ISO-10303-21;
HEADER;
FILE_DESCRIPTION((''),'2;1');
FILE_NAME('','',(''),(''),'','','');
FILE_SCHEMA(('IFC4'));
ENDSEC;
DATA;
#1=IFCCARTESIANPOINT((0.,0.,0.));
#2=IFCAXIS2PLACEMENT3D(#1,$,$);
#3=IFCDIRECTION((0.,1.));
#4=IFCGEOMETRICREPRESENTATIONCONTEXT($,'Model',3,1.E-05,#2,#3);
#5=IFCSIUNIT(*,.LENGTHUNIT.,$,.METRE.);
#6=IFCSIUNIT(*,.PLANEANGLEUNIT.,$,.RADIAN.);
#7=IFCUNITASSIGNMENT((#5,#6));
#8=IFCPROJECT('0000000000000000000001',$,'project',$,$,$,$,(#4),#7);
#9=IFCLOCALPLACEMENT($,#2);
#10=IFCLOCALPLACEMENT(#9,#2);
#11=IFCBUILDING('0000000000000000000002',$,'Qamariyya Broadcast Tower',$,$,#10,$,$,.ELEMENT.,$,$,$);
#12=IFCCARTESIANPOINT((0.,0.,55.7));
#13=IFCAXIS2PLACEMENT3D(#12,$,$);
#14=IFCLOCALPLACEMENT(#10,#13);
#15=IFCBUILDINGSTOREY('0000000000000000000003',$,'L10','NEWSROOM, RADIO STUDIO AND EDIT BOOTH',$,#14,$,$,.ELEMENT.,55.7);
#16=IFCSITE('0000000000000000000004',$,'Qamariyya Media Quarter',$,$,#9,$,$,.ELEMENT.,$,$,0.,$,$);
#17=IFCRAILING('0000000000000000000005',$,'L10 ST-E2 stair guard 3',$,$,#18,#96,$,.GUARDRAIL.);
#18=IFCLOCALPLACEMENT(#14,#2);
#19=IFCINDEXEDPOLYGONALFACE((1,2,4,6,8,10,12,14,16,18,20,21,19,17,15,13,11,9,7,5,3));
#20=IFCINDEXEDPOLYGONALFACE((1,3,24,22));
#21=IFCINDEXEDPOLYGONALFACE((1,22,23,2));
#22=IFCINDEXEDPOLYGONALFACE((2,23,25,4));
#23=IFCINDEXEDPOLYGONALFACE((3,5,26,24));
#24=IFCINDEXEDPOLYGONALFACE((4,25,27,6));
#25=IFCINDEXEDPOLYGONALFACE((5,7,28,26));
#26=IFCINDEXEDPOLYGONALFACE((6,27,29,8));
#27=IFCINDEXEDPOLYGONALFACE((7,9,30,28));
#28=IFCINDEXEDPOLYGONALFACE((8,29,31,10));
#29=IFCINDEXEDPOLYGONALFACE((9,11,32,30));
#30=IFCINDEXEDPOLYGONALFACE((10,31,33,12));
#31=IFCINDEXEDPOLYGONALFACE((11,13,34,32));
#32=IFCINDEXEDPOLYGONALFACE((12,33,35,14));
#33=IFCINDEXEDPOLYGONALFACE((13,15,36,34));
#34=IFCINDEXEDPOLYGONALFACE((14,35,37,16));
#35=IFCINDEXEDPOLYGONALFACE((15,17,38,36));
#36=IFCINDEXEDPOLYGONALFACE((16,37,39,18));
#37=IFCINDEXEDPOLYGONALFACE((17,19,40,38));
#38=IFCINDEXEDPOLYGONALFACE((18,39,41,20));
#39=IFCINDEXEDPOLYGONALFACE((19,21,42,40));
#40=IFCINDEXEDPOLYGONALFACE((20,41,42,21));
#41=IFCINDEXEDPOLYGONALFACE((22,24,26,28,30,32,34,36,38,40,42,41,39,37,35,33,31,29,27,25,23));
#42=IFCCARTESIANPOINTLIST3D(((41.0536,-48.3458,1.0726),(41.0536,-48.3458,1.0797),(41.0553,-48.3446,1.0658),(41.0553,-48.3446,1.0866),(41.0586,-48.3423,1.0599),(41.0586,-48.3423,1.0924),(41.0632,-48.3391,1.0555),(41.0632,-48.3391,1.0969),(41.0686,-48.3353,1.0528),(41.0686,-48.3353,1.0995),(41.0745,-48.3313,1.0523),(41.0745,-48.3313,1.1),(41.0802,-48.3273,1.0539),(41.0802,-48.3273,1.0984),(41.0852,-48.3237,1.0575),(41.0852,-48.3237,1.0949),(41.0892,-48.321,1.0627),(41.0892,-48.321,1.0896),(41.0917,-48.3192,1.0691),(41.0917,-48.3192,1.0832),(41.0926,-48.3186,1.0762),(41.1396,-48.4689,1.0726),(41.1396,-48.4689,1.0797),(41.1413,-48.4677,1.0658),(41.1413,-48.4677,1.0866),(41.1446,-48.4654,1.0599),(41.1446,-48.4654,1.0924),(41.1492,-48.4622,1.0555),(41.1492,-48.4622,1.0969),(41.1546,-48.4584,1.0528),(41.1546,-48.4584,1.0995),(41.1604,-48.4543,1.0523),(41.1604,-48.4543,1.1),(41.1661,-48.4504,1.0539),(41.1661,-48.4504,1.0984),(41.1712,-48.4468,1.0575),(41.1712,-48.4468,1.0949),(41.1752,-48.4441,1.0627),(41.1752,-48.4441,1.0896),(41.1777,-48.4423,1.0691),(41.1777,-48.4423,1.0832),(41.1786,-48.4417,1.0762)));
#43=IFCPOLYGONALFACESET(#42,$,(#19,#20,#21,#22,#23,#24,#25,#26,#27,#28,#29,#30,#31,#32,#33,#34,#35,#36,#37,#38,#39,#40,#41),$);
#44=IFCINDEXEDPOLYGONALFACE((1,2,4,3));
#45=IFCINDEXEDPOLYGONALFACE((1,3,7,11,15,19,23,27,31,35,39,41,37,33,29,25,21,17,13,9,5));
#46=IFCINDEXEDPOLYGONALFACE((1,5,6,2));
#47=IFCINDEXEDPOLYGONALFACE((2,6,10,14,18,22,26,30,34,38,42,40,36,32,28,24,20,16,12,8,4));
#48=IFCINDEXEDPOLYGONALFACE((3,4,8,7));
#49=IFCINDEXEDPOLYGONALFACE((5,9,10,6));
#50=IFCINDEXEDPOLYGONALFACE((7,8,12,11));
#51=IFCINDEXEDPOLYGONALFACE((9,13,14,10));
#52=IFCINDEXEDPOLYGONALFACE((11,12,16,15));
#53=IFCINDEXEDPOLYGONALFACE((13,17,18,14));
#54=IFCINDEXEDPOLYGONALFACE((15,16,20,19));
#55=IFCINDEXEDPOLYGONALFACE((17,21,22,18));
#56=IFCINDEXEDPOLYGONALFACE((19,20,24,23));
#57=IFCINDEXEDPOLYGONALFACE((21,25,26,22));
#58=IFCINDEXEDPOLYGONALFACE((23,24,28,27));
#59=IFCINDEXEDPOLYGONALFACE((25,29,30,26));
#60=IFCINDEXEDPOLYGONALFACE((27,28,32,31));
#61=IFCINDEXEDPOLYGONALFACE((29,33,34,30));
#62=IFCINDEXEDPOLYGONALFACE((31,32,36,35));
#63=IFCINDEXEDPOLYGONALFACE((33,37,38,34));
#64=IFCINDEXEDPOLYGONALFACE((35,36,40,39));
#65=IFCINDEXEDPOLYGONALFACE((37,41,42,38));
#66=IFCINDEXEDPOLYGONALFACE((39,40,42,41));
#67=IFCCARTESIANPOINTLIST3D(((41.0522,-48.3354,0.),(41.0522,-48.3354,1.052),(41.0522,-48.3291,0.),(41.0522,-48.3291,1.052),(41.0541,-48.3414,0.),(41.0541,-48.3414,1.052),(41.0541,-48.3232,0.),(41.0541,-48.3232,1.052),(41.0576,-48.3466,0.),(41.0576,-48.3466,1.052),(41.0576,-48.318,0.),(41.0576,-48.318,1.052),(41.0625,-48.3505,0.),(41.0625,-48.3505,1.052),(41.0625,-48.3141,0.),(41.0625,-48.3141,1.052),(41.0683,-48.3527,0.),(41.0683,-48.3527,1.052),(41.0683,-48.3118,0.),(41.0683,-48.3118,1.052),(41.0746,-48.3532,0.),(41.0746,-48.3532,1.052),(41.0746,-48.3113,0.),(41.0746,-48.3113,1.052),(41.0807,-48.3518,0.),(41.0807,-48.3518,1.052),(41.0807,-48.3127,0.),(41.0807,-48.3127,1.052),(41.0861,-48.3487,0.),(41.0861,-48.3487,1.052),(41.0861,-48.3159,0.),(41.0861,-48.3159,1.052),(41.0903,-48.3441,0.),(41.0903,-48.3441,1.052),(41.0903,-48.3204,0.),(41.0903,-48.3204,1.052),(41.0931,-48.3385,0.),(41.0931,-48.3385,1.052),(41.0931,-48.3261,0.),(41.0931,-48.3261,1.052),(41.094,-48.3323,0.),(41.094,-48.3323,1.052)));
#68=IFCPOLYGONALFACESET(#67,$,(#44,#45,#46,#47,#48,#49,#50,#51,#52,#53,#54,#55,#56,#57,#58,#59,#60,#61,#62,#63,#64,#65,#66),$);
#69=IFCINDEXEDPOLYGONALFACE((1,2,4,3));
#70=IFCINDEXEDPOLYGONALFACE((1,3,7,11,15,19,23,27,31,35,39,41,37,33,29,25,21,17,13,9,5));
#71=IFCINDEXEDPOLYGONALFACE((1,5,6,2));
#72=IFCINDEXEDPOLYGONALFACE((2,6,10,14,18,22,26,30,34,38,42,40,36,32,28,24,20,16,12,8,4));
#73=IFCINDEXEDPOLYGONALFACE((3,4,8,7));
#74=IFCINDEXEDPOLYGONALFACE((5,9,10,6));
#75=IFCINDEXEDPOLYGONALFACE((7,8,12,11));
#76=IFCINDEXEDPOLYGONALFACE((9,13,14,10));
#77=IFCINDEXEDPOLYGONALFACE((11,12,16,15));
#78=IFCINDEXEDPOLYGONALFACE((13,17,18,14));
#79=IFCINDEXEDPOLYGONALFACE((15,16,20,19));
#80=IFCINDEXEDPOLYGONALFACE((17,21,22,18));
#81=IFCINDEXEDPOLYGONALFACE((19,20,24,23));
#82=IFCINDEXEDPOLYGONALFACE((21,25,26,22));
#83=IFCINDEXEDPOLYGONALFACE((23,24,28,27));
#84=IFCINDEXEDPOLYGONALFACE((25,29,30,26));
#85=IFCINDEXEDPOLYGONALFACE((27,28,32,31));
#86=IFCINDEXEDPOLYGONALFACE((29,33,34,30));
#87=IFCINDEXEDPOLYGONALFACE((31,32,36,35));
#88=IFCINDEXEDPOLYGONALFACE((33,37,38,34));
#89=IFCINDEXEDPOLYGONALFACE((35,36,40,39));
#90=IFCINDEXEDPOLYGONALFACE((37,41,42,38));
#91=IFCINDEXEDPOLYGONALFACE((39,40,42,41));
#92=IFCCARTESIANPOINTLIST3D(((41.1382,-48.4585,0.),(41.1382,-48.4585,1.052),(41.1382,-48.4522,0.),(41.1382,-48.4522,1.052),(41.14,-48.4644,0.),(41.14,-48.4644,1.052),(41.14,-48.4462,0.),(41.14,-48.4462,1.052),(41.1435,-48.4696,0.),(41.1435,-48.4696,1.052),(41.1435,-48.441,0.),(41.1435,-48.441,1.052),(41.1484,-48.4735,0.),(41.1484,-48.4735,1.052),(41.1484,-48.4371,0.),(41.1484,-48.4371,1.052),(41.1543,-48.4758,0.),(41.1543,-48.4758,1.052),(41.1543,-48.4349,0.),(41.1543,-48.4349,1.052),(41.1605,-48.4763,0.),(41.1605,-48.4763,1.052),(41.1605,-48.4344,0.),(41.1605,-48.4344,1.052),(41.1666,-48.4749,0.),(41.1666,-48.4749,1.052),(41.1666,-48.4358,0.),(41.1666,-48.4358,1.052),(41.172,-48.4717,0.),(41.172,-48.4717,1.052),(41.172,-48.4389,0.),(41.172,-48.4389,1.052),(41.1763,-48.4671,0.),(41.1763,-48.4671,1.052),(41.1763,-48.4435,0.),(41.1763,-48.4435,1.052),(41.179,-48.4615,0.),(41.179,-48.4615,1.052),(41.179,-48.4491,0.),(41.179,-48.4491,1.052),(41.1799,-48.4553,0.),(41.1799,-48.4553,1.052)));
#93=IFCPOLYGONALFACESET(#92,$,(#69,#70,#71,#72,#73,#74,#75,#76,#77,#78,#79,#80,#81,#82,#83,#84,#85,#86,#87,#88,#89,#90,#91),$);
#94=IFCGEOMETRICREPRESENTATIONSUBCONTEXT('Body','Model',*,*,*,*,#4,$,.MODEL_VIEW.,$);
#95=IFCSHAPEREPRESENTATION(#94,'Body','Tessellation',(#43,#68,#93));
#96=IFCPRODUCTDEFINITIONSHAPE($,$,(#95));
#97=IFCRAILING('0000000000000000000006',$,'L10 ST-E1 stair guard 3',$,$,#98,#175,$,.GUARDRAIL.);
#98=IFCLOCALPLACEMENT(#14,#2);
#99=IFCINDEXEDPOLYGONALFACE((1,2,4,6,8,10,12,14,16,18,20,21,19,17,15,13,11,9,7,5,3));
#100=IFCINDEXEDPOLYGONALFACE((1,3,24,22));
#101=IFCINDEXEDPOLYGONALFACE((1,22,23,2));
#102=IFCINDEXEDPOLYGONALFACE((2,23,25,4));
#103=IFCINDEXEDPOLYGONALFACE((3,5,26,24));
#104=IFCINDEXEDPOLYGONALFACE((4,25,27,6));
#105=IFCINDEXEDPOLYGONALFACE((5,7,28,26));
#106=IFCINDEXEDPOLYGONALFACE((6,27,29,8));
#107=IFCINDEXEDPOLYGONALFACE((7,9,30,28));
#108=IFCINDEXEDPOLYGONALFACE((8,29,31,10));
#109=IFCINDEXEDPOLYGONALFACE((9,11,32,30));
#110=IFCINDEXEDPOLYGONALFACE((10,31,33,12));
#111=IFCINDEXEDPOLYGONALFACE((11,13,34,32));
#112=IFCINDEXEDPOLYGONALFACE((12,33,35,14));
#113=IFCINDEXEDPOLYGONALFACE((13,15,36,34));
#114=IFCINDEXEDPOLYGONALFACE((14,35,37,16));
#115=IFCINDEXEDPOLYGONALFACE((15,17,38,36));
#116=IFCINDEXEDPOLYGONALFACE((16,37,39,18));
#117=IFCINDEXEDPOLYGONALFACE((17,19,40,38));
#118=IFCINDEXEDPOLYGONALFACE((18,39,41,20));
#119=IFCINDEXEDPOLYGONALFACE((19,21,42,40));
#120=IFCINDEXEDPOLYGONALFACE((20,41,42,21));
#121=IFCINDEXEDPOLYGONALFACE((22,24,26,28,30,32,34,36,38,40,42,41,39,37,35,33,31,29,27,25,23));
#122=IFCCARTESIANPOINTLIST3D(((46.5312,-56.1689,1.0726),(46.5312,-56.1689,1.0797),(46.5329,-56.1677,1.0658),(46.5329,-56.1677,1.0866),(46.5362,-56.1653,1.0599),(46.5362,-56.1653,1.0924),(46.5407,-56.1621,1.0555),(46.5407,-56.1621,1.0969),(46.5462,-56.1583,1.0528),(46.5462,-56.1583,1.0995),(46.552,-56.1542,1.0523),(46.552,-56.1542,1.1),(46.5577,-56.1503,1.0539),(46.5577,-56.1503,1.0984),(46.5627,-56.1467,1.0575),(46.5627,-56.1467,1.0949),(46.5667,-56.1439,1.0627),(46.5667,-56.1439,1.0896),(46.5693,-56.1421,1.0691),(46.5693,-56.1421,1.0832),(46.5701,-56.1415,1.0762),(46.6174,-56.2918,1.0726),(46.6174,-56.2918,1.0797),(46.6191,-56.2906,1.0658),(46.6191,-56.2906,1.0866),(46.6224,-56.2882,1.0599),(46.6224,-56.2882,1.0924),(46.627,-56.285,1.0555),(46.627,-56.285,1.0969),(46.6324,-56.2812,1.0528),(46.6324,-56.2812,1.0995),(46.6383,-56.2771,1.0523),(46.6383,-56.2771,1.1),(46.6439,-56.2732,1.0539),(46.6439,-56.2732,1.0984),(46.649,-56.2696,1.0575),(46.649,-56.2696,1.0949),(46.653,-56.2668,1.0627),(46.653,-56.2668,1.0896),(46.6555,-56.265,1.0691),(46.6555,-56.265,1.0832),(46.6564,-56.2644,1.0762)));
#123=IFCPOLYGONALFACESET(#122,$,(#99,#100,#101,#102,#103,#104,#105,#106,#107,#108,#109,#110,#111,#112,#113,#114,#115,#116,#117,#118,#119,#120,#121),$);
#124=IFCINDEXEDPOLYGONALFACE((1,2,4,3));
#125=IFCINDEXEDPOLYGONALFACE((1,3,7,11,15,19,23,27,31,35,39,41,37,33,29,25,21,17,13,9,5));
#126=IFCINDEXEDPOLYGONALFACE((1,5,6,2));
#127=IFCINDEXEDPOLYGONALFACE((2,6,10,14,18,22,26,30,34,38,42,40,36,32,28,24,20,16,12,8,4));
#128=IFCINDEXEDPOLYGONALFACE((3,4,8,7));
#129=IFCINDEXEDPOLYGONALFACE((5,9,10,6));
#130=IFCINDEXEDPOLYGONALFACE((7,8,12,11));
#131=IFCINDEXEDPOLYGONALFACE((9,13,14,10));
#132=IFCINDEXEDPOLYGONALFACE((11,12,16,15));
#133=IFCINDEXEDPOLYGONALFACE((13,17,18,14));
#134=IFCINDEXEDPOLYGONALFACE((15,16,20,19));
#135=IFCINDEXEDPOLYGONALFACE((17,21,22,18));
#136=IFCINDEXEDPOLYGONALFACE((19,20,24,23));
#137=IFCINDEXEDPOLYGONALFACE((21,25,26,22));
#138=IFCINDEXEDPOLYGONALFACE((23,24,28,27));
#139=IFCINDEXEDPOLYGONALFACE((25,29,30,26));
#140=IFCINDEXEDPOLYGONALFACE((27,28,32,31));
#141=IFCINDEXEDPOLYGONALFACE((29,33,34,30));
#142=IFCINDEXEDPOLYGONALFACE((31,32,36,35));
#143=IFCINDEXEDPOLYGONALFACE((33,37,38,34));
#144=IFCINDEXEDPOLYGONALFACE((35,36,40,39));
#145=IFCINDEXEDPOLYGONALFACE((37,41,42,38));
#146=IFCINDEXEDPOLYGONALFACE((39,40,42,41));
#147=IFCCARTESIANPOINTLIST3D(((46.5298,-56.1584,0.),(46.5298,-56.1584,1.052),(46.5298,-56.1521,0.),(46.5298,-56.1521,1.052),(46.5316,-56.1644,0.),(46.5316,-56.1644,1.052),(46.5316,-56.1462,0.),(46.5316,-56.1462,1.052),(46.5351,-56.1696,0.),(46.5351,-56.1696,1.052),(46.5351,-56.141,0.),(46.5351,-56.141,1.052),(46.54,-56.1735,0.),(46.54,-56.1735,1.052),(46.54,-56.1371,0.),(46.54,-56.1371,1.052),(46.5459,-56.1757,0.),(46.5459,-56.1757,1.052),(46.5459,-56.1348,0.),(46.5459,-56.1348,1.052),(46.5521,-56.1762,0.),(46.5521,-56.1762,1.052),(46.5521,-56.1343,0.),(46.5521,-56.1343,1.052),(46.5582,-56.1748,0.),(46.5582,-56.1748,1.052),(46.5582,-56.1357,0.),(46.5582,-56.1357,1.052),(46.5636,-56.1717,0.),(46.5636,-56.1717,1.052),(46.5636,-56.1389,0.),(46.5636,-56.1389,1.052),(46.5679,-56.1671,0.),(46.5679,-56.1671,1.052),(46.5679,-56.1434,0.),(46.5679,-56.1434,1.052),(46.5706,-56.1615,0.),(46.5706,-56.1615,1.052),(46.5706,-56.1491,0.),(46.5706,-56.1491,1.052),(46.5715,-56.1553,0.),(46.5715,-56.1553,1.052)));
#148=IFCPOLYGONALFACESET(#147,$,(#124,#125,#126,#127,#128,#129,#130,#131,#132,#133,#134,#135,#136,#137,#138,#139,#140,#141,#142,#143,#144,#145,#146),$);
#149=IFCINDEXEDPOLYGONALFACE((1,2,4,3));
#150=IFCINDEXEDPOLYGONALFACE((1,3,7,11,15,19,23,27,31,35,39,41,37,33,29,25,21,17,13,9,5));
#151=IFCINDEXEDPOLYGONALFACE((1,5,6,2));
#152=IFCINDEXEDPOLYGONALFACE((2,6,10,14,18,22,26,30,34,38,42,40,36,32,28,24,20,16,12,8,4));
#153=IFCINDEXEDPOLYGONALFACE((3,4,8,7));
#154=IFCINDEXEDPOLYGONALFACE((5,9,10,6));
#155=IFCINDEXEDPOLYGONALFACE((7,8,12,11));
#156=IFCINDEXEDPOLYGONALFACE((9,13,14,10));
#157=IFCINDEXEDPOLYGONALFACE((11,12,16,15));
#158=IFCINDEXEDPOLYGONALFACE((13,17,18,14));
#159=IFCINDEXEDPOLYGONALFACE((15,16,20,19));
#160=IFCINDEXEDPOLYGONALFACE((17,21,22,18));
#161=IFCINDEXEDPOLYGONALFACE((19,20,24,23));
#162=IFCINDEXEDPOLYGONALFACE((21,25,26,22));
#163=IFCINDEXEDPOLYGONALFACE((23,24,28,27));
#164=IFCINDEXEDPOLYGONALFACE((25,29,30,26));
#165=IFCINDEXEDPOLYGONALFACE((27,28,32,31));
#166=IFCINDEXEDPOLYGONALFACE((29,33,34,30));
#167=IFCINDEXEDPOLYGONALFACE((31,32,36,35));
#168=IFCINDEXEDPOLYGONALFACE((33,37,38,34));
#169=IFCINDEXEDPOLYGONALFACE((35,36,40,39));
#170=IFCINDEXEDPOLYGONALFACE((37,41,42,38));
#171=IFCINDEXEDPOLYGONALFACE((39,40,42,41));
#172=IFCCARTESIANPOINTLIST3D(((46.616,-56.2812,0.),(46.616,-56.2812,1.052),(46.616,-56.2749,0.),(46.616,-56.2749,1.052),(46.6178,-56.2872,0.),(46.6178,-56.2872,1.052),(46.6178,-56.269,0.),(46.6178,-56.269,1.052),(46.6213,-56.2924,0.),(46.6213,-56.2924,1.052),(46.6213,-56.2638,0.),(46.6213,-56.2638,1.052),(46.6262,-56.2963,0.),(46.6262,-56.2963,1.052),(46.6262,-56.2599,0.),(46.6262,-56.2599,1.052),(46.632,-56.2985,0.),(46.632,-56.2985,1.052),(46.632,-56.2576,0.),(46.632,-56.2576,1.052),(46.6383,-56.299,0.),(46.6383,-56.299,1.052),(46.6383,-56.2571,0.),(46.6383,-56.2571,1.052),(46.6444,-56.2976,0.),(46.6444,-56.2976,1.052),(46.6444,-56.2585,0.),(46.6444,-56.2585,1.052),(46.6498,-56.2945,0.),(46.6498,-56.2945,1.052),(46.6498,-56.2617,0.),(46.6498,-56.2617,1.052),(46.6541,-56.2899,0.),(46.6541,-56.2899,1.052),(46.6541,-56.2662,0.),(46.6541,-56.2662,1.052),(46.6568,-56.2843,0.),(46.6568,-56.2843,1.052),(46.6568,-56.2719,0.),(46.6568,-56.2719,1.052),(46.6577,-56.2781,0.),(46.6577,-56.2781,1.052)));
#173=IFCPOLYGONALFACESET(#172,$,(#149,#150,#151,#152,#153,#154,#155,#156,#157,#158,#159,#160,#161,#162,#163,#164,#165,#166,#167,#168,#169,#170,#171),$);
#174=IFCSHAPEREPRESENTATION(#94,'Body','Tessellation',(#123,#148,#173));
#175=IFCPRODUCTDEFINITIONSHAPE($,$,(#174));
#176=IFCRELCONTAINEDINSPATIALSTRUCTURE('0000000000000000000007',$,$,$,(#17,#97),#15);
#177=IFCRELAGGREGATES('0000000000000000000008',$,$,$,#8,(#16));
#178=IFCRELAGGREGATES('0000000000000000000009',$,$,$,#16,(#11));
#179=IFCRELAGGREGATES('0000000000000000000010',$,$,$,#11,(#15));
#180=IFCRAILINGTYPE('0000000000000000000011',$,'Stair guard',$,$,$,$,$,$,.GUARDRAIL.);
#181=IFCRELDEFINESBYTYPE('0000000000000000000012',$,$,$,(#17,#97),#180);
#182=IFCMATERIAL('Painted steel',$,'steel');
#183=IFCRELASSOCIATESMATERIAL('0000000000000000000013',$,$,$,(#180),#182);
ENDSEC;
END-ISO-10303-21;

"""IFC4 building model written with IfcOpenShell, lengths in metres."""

from ifc_helpers import new_model, si_unit, direction, frame, origin, origin_2d, place, context, subcontext, project, spatial, circle, extrude, material, type_object, element, save


model = new_model("IFC4")

# Units and contexts
model_context = context("Model", 3, precision=1e-05, world=origin(), true_north=direction((0.0, 1.0)))
body_context = subcontext(model_context, "Body", "Model", "MODEL_VIEW")
ifc_project = project(units=[si_unit("LENGTHUNIT", "METRE"), si_unit("PLANEANGLEUNIT", "RADIAN")], contexts=[model_context])

# Site, building, storey
site_placement = place(None, origin())
site = spatial("IfcSite", under=ifc_project, at=site_placement, Name="Qamariyya Media Quarter", CompositionType="ELEMENT", RefElevation=0.0)
building_placement = place(site_placement, origin())
building = spatial("IfcBuilding", under=site, at=building_placement, Name="Qamariyya Broadcast Tower", CompositionType="ELEMENT")
storey_placement = place(building_placement, frame((0.0, 0.0, 55.7)))
storey = spatial("IfcBuildingStorey", under=building, at=storey_placement, Name="L10", Description="NEWSROOM, RADIO STUDIO AND EDIT BOOTH", CompositionType="ELEMENT", Elevation=55.7)

# Railings
ifc_material_1 = material(Name="Painted steel", Category="steel")
railing_type_1 = type_object("IfcRailingType", Name="Stair guard", PredefinedType="GUARDRAIL", material=ifc_material_1)
railing_1_placement = place(storey_placement, frame((41.073, -48.3323, 0.0)))
element("IfcRailing", 1, at=railing_1_placement, inside=storey, type_object=railing_type_1, Name="L10 ST-E2 stair guard 3", PredefinedType="GUARDRAIL", context=body_context, shape_type="SweptSolid", body=[
    extrude(circle(Radius=0.0239, at=origin_2d()), frame((0.0, 0.0, 1.0762), z_axis=(0.572589, -0.819843, 0.0), x_axis=(0.819843, 0.572589, 0.0)), (0.0, 0.0, 1.0), 0.1501),
    extrude(circle(Radius=0.021, at=origin_2d()), origin(), (0.0, 0.0, 1.0), 1.052),
    extrude(circle(Radius=0.021, at=origin_2d()), frame((0.0859, -0.123, 0.0)), (0.0, 0.0, 1.0), 1.052),
])
railing_2_placement = place(storey_placement, frame((46.5505, -56.1553, 0.0)))
element("IfcRailing", 2, at=railing_2_placement, inside=storey, type_object=railing_type_1, Name="L10 ST-E1 stair guard 3", PredefinedType="GUARDRAIL", context=body_context, shape_type="SweptSolid", body=[
    extrude(circle(Radius=0.0239, at=origin_2d()), frame((0.0, 0.0, 1.0762), z_axis=(0.574445, -0.818543, 0.0), x_axis=(0.818543, 0.574445, 0.0)), (0.0, 0.0, 1.0), 0.1501),
    extrude(circle(Radius=0.021, at=origin_2d()), origin(), (0.0, 0.0, 1.0), 1.052),
    extrude(circle(Radius=0.021, at=origin_2d()), frame((0.0862, -0.1228, 0.0)), (0.0, 0.0, 1.0), 1.052),
])

save(model, "model.ifc")
